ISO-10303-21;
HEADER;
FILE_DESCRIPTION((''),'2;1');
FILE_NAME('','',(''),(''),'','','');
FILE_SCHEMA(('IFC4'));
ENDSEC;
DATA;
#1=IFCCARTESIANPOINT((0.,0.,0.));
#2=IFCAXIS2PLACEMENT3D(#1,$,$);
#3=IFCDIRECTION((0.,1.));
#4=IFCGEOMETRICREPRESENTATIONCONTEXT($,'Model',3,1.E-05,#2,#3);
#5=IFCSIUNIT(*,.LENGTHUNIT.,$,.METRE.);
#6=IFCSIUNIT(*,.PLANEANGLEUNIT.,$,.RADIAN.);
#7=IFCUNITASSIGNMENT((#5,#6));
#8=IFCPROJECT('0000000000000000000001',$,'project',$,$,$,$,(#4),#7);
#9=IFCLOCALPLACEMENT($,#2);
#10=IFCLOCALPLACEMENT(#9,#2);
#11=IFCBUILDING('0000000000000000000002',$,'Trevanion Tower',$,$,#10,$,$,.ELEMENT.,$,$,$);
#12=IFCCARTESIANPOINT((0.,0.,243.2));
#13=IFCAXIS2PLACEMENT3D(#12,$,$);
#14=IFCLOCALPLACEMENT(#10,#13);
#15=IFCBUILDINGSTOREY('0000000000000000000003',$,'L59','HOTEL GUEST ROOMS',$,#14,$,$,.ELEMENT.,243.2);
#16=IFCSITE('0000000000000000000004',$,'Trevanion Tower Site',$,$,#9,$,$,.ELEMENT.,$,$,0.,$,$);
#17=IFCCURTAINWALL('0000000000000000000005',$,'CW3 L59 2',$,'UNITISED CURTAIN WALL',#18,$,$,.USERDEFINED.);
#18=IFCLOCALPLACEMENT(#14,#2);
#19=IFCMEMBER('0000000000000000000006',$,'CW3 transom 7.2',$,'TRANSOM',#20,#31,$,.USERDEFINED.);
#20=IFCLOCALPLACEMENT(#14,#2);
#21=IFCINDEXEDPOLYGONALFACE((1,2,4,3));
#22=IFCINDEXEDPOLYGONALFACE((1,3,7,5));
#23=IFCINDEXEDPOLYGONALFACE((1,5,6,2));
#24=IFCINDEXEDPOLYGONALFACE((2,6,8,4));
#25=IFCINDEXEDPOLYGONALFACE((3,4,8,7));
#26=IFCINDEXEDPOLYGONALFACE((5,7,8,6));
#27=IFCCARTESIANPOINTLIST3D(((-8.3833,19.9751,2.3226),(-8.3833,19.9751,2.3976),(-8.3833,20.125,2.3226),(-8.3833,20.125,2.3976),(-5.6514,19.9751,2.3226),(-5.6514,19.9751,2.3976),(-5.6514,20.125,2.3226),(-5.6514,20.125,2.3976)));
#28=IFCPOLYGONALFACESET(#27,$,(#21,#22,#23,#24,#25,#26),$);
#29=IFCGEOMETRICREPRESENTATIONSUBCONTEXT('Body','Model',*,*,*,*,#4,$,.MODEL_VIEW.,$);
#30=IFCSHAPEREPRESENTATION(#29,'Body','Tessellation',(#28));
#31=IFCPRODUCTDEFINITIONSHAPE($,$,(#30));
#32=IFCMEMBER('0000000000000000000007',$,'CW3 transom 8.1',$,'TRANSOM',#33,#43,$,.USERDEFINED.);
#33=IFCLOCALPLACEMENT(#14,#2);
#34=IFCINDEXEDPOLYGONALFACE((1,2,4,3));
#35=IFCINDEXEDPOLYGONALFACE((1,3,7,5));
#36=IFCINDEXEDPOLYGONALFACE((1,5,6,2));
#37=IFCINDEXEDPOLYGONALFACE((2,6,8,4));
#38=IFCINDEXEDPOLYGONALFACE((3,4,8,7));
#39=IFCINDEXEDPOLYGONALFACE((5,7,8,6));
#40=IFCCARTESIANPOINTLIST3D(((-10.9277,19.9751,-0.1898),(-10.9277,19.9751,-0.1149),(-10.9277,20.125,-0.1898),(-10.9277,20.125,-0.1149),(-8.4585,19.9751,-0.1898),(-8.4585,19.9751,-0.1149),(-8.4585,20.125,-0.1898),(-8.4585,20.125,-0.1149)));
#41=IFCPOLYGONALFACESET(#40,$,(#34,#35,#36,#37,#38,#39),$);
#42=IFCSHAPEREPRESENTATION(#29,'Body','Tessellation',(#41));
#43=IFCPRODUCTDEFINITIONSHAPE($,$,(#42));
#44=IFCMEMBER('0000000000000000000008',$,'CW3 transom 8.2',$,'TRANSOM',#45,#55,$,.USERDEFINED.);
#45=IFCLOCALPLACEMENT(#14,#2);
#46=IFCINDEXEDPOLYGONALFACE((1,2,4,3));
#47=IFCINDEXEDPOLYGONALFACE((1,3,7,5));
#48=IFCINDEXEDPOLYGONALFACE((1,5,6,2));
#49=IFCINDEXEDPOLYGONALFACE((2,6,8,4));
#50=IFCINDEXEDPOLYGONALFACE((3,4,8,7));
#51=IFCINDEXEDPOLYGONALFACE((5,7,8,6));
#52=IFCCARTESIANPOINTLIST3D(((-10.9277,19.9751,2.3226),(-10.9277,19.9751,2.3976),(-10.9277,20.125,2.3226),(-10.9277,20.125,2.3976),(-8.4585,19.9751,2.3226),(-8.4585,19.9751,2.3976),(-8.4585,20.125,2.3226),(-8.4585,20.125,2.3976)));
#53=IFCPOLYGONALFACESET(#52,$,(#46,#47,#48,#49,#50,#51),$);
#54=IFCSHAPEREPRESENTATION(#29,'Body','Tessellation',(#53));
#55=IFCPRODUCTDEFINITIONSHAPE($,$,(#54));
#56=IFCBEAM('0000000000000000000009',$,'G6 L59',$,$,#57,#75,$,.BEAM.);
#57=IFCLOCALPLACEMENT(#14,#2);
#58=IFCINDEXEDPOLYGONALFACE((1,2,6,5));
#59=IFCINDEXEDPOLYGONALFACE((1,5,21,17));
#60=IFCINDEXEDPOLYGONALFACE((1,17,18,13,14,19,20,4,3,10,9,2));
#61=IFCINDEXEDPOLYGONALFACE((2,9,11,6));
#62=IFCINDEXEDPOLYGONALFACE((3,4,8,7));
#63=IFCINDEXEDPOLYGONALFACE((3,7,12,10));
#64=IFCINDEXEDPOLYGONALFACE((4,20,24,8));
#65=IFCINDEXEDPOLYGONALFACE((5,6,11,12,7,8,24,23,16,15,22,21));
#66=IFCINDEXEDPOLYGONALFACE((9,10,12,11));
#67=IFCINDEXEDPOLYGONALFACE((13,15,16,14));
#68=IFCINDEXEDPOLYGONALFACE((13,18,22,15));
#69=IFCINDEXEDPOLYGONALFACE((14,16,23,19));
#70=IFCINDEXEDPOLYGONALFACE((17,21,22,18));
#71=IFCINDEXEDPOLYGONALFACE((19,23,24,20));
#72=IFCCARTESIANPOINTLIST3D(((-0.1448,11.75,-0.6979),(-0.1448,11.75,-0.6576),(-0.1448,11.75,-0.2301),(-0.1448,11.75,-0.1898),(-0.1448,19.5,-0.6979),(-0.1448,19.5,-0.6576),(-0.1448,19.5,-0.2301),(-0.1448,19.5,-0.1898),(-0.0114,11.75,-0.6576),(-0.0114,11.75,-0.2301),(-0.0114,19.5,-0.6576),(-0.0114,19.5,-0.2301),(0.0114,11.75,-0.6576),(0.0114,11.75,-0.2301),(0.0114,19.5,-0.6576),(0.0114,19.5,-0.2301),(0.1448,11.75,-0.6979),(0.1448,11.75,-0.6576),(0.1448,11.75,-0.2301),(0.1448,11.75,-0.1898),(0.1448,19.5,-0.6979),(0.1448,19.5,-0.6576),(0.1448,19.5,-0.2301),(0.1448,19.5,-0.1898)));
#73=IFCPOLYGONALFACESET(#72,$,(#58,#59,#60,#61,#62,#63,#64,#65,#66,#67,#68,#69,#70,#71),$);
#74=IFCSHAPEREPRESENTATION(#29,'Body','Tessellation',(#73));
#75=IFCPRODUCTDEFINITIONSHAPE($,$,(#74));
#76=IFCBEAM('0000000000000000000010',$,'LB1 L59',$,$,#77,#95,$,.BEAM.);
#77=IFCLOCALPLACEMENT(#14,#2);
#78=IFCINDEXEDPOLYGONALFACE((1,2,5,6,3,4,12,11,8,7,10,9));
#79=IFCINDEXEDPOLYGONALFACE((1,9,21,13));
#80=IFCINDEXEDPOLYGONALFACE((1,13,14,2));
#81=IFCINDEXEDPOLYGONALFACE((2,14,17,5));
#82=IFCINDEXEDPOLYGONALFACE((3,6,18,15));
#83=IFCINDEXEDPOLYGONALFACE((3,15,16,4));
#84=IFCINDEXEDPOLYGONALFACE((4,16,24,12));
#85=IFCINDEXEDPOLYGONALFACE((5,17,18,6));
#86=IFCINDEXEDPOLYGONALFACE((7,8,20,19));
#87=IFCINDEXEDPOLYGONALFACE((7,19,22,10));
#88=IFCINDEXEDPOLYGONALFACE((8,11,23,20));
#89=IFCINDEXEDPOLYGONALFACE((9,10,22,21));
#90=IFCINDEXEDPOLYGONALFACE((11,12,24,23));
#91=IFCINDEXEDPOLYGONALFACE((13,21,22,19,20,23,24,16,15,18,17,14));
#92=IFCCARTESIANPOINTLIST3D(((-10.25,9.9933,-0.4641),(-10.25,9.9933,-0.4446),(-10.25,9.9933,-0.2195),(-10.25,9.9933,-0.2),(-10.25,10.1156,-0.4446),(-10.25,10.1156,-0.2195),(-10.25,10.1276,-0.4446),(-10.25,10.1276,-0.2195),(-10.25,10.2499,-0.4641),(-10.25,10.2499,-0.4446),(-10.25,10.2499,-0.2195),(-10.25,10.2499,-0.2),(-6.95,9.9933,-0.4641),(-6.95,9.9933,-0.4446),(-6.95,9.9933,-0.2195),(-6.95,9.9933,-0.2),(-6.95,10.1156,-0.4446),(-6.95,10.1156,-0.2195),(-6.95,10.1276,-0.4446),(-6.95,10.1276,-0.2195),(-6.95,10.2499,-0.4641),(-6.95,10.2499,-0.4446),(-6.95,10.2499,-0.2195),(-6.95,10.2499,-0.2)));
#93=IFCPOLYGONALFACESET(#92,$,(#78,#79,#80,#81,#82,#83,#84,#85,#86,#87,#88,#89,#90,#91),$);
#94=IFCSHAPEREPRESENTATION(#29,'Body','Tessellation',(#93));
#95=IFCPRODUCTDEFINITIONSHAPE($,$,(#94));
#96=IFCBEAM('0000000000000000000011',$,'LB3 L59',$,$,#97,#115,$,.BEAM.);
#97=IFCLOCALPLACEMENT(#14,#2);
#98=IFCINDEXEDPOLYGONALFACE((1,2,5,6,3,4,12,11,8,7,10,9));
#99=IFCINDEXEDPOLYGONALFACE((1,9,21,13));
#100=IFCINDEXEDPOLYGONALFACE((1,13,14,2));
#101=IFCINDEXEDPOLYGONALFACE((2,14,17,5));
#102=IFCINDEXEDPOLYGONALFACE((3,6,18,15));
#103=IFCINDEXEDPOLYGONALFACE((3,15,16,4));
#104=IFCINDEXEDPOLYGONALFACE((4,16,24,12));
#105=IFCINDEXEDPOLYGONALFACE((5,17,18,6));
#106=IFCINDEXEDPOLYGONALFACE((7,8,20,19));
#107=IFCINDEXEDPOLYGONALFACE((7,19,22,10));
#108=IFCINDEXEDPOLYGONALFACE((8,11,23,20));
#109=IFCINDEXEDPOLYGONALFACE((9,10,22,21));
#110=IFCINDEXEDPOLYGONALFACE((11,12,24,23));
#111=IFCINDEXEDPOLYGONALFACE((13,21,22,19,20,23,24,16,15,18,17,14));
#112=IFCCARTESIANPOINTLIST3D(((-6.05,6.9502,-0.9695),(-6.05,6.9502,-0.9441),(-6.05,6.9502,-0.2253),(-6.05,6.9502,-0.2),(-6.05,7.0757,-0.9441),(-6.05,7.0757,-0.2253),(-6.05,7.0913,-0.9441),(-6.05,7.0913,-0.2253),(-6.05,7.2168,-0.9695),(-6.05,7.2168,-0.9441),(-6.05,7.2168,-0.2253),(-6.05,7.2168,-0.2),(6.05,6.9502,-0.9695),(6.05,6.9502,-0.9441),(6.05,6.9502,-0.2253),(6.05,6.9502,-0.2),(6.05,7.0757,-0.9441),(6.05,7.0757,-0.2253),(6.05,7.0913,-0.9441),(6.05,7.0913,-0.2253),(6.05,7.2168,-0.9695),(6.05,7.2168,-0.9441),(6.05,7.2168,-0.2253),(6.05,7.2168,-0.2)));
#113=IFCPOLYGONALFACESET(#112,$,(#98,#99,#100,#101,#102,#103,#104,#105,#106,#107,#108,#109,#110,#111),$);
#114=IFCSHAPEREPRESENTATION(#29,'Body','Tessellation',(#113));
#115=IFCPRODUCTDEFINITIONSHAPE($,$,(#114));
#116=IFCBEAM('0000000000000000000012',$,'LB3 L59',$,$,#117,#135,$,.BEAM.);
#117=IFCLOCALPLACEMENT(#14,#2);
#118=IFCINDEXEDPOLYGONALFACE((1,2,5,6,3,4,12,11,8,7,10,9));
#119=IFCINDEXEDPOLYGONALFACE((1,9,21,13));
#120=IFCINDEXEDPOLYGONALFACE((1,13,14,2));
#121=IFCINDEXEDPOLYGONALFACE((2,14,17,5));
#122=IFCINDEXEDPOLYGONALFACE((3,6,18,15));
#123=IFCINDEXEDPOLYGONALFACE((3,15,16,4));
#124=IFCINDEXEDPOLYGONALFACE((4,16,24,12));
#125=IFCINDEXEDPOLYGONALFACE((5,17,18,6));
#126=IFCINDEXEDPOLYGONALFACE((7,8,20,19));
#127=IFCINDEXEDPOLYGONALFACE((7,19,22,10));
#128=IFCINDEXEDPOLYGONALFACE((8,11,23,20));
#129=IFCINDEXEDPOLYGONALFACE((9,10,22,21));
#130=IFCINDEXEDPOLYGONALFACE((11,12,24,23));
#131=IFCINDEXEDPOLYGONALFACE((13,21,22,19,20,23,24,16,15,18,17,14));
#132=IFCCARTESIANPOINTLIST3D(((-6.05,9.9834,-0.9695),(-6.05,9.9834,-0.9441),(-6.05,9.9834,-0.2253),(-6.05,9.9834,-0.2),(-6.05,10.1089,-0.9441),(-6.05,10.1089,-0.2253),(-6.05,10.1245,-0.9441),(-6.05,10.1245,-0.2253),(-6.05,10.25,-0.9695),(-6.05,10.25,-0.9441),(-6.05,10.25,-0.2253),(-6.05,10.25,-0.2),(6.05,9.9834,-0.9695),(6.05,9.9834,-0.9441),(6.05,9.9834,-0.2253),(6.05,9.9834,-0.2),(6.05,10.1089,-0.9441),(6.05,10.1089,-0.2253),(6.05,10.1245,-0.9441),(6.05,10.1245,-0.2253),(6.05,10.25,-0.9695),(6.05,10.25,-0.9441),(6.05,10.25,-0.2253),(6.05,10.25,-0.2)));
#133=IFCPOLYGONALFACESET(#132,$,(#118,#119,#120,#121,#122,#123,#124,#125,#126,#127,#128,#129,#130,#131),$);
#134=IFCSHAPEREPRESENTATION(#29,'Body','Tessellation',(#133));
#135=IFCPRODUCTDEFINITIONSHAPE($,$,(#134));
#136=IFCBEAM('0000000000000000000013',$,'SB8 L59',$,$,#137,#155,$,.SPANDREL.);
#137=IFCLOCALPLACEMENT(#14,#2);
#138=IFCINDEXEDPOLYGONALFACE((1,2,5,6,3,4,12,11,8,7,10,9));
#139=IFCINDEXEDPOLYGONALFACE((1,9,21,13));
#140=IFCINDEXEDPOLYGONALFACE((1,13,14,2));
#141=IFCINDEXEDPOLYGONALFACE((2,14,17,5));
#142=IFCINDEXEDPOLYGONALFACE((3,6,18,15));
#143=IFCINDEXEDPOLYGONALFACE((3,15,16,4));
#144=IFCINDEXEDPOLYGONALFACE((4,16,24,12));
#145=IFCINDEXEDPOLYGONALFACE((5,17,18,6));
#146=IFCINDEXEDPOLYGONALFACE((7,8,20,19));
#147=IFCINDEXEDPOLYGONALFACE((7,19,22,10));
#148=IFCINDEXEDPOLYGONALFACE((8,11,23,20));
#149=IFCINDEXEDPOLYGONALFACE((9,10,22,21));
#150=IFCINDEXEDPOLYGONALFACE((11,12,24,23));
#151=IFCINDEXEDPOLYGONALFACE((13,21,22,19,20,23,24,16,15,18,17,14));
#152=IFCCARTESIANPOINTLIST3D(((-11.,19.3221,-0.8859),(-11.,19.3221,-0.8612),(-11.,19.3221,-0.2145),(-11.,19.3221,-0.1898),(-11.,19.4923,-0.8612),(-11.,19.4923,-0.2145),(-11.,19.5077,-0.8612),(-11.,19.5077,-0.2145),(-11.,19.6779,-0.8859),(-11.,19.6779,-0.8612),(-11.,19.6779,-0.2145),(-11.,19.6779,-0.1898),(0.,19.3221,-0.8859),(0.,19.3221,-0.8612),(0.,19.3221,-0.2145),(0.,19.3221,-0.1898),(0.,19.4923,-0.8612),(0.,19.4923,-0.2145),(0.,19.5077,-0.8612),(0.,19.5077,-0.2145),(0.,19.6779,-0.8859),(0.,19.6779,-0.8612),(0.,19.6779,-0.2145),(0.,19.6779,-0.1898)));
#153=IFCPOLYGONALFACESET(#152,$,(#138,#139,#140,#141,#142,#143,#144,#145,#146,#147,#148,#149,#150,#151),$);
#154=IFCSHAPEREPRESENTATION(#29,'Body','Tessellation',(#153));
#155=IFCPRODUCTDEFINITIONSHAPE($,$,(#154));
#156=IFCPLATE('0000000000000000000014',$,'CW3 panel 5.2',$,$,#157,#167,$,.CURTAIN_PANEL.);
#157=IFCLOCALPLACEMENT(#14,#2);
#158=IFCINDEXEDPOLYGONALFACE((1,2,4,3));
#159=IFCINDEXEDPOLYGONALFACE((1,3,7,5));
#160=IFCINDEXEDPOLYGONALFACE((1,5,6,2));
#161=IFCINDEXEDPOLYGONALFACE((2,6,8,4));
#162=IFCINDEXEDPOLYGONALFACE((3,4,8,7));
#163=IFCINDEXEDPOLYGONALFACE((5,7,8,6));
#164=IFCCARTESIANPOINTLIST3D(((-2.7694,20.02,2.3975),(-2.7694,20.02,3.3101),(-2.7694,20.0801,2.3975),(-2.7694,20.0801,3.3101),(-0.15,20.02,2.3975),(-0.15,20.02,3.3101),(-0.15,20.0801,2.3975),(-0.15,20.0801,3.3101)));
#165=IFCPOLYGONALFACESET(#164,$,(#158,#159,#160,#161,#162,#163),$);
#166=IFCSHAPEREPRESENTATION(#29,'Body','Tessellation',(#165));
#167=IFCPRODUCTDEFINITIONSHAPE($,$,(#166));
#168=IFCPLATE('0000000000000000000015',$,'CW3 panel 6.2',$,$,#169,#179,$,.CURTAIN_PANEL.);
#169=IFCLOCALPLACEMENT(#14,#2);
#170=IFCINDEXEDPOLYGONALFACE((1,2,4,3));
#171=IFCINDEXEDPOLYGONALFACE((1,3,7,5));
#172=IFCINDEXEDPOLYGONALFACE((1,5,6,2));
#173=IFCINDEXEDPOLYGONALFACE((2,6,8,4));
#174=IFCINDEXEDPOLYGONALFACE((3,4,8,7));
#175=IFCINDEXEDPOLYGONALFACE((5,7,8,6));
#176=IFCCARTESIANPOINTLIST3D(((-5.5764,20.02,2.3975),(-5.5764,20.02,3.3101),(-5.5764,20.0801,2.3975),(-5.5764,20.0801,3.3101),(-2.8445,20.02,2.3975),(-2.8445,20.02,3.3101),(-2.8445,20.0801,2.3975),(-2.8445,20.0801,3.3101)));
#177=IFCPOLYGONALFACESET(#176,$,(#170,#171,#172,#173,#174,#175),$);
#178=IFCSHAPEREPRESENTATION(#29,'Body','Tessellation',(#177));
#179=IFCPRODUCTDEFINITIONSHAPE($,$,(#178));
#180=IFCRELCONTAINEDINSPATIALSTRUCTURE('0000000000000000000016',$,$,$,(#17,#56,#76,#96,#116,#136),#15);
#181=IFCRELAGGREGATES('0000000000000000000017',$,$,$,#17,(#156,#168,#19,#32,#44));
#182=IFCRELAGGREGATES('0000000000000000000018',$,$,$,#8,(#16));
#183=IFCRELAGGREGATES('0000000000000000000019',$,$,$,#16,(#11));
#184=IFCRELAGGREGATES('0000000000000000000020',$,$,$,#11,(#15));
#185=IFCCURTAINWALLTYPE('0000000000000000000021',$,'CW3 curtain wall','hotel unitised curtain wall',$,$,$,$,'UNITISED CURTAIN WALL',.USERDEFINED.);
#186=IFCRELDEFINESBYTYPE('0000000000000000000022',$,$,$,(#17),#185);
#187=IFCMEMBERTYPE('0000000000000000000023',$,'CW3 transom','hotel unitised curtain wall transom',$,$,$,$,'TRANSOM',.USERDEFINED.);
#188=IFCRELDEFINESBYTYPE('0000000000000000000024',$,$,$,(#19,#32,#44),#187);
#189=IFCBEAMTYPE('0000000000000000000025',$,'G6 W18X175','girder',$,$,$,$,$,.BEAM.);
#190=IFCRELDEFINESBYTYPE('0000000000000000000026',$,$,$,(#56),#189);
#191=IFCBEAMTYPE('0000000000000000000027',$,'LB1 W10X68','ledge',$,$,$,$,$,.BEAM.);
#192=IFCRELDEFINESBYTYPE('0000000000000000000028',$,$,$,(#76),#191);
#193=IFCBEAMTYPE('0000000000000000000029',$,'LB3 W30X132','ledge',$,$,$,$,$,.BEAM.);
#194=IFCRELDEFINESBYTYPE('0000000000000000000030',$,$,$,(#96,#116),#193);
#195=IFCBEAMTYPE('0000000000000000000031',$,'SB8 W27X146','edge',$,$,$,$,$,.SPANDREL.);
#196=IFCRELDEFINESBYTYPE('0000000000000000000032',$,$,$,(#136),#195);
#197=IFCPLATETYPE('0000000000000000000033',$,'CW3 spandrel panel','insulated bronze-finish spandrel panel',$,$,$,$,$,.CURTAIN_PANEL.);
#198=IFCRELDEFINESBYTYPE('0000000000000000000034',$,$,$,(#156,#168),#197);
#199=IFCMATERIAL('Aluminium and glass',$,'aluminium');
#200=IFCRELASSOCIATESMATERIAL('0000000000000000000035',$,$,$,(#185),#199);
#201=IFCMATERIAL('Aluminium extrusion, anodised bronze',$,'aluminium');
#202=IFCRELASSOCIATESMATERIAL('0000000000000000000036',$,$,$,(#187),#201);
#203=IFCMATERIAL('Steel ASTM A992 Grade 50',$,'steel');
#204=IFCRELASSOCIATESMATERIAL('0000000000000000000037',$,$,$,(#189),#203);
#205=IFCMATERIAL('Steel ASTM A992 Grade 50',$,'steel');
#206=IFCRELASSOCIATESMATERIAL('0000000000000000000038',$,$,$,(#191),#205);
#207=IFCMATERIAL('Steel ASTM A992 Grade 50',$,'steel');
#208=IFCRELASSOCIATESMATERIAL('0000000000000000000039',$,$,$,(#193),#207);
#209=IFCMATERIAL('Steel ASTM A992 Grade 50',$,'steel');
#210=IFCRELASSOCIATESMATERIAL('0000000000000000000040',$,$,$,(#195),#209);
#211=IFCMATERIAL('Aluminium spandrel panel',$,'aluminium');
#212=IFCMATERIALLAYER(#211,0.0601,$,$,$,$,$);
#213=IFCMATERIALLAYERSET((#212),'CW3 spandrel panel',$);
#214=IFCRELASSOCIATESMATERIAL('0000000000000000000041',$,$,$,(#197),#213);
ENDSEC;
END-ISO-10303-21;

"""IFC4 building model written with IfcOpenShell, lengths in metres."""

from ifc_helpers import new_model, si_unit, direction, frame, origin, origin_2d, place, context, subcontext, project, spatial, rectangle, i_section, extrude, material, layer, layer_set, material_profile, profile_set, type_object, element, aggregate, save


model = new_model("IFC4")

# Units and contexts
model_context = context("Model", 3, precision=1e-05, world=origin(), true_north=direction((0.0, 1.0)))
body_context = subcontext(model_context, "Body", "Model", "MODEL_VIEW")
ifc_project = project(units=[si_unit("LENGTHUNIT", "METRE"), si_unit("PLANEANGLEUNIT", "RADIAN")], contexts=[model_context])

# Site, building, storey
site_placement = place(None, origin())
site = spatial("IfcSite", under=ifc_project, at=site_placement, Name="Trevanion Tower Site", CompositionType="ELEMENT", RefElevation=0.0)
building_placement = place(site_placement, origin())
building = spatial("IfcBuilding", under=site, at=building_placement, Name="Trevanion Tower", CompositionType="ELEMENT")
storey_placement = place(building_placement, frame((0.0, 0.0, 243.2)))
storey = spatial("IfcBuildingStorey", under=building, at=storey_placement, Name="L59", Description="HOTEL GUEST ROOMS", CompositionType="ELEMENT", Elevation=243.2)

# Curtain wall, members
ifc_material_1 = material(Name="Aluminium and glass", Category="aluminium")
curtain_wall_type = type_object("IfcCurtainWallType", Name="CW3 curtain wall", Description="hotel unitised curtain wall", ElementType="UNITISED CURTAIN WALL", PredefinedType="USERDEFINED", material=ifc_material_1)
curtain_wall_placement = place(storey_placement, origin())
curtain_wall = element("IfcCurtainWall", 1, at=curtain_wall_placement, inside=storey, type_object=curtain_wall_type, Name="CW3 L59 2", ObjectType="UNITISED CURTAIN WALL", PredefinedType="USERDEFINED")
ifc_material_2 = material(Name="Aluminium extrusion, anodised bronze", Category="aluminium")
ifc_material_profile_1 = material_profile(ifc_material_2, rectangle(XDim=0.1499, YDim=0.075, at=origin_2d()), Name="CW3 transom")
ifc_profile_set_1 = profile_set([ifc_material_profile_1], Name="Aluminium extrusion, anodised bronze")
member_type_1 = type_object("IfcMemberType", Name="CW3 transom", Description="hotel unitised curtain wall transom", ElementType="TRANSOM", PredefinedType="USERDEFINED", material=ifc_profile_set_1)
member_1_placement = place(storey_placement, frame((-5.6514, 20.05, 2.3601), z_axis=(-1.0, 0.0, 0.0), x_axis=(0.0, -1.0, 0.0)))
member_1 = element("IfcMember", 2, at=member_1_placement, type_object=member_type_1, Name="CW3 transom 7.2", ObjectType="TRANSOM", PredefinedType="USERDEFINED", context=body_context, shape_type="SweptSolid", body=[
    extrude(rectangle(XDim=0.1499, YDim=0.075, at=origin_2d()), origin(), (0.0, 0.0, 1.0), 2.7319),
])
member_2_placement = place(storey_placement, frame((-8.4585, 20.05, -0.1523), z_axis=(-1.0, 0.0, 0.0), x_axis=(0.0, -1.0, 0.0)))
member_2 = element("IfcMember", 3, at=member_2_placement, type_object=member_type_1, Name="CW3 transom 8.1", ObjectType="TRANSOM", PredefinedType="USERDEFINED", context=body_context, shape_type="SweptSolid", body=[
    extrude(rectangle(XDim=0.1499, YDim=0.075, at=origin_2d()), origin(), (0.0, 0.0, 1.0), 2.4692),
])
member_3_placement = place(storey_placement, frame((-8.4585, 20.05, 2.3601), z_axis=(-1.0, 0.0, 0.0), x_axis=(0.0, -1.0, 0.0)))
member_3 = element("IfcMember", 4, at=member_3_placement, type_object=member_type_1, Name="CW3 transom 8.2", ObjectType="TRANSOM", PredefinedType="USERDEFINED", context=body_context, shape_type="SweptSolid", body=[
    extrude(rectangle(XDim=0.1499, YDim=0.075, at=origin_2d()), origin(), (0.0, 0.0, 1.0), 2.4692),
])

# Beams
ifc_material_3 = material(Name="Steel ASTM A992 Grade 50", Category="steel")
ifc_material_profile_2 = material_profile(ifc_material_3, i_section(OverallWidth=0.2896, OverallDepth=0.5081, WebThickness=0.0227, FlangeThickness=0.0403, at=origin_2d()), Name="W18X175")
ifc_profile_set_2 = profile_set([ifc_material_profile_2], Name="Steel ASTM A992 Grade 50")
beam_type_1 = type_object("IfcBeamType", Name="G6 W18X175", Description="girder", PredefinedType="BEAM", material=ifc_profile_set_2)
beam_1_placement = place(storey_placement, frame((0.0, 11.75, -0.4438), z_axis=(0.0, 1.0, 0.0), x_axis=(-1.0, 0.0, 0.0)))
element("IfcBeam", 5, at=beam_1_placement, inside=storey, type_object=beam_type_1, Name="G6 L59", PredefinedType="BEAM", context=body_context, shape_type="SweptSolid", body=[
    extrude(i_section(OverallWidth=0.2896, OverallDepth=0.5081, WebThickness=0.0227, FlangeThickness=0.0403, at=origin_2d()), origin(), (0.0, 0.0, 1.0), 7.75),
])
ifc_material_4 = material(Name="Steel ASTM A992 Grade 50", Category="steel")
ifc_material_profile_3 = material_profile(ifc_material_4, i_section(OverallWidth=0.2566, OverallDepth=0.2642, WebThickness=0.012, FlangeThickness=0.0195, at=origin_2d()), Name="W10X68")
ifc_profile_set_3 = profile_set([ifc_material_profile_3], Name="Steel ASTM A992 Grade 50")
beam_type_2 = type_object("IfcBeamType", Name="LB1 W10X68", Description="ledge", PredefinedType="BEAM", material=ifc_profile_set_3)
beam_2_placement = place(storey_placement, frame((-10.25, 10.1216, -0.332), z_axis=(1.0, 0.0, 0.0), x_axis=(0.0, 1.0, 0.0)))
element("IfcBeam", 6, at=beam_2_placement, inside=storey, type_object=beam_type_2, Name="LB1 L59", PredefinedType="BEAM", context=body_context, shape_type="SweptSolid", body=[
    extrude(i_section(OverallWidth=0.2566, OverallDepth=0.2642, WebThickness=0.012, FlangeThickness=0.0195, at=origin_2d()), origin(), (0.0, 0.0, 1.0), 3.3),
])
ifc_material_5 = material(Name="Steel ASTM A992 Grade 50", Category="steel")
ifc_material_profile_4 = material_profile(ifc_material_5, i_section(OverallWidth=0.2666, OverallDepth=0.7695, WebThickness=0.0156, FlangeThickness=0.0254, at=origin_2d()), Name="W30X132")
ifc_profile_set_4 = profile_set([ifc_material_profile_4], Name="Steel ASTM A992 Grade 50")
beam_type_3 = type_object("IfcBeamType", Name="LB3 W30X132", Description="ledge", PredefinedType="BEAM", material=ifc_profile_set_4)
for number, where, z_axis, x_axis, name in (
    (7, (-6.05, 7.0835, -0.5847), (1.0, 0.0, 0.0), (0.0, 1.0, 0.0), "LB3 L59"),
    (8, (-6.05, 10.1167, -0.5847), (1.0, 0.0, 0.0), (0.0, 1.0, 0.0), "LB3 L59"),
):
    element("IfcBeam", number, at=place(storey_placement, frame(where, z_axis=z_axis, x_axis=x_axis)), inside=storey, type_object=beam_type_3, Name=name, PredefinedType="BEAM", context=body_context, shape_type="SweptSolid", body=[
        extrude(i_section(OverallWidth=0.2666, OverallDepth=0.7695, WebThickness=0.0156, FlangeThickness=0.0254, at=origin_2d()), origin(), (0.0, 0.0, 1.0), 12.1001),
    ])
ifc_material_6 = material(Name="Steel ASTM A992 Grade 50", Category="steel")
ifc_material_profile_5 = material_profile(ifc_material_6, i_section(OverallWidth=0.3557, OverallDepth=0.696, WebThickness=0.0154, FlangeThickness=0.0247, at=origin_2d()), Name="W27X146")
ifc_profile_set_5 = profile_set([ifc_material_profile_5], Name="Steel ASTM A992 Grade 50")
beam_type_4 = type_object("IfcBeamType", Name="SB8 W27X146", Description="edge", PredefinedType="SPANDREL", material=ifc_profile_set_5)
beam_3_placement = place(storey_placement, frame((0.0, 19.5, -0.5378), z_axis=(-1.0, 0.0, 0.0), x_axis=(0.0, -1.0, 0.0)))
element("IfcBeam", 9, at=beam_3_placement, inside=storey, type_object=beam_type_4, Name="SB8 L59", PredefinedType="SPANDREL", context=body_context, shape_type="SweptSolid", body=[
    extrude(i_section(OverallWidth=0.3557, OverallDepth=0.696, WebThickness=0.0154, FlangeThickness=0.0247, at=origin_2d()), origin(), (0.0, 0.0, 1.0), 11.0),
])

# Plates
ifc_material_7 = material(Name="Aluminium spandrel panel", Category="aluminium")
ifc_layer_1 = layer(ifc_material_7, 0.0601)
ifc_layer_set_1 = layer_set([ifc_layer_1], Name="CW3 spandrel panel")
plate_type_1 = type_object("IfcPlateType", Name="CW3 spandrel panel", Description="insulated bronze-finish spandrel panel", PredefinedType="CURTAIN_PANEL", material=ifc_layer_set_1)
plate_1_placement = place(storey_placement, frame((-1.4597, 20.05, 2.3975), z_axis=(0.0, 0.0, 1.0), x_axis=(-1.0, 0.0, 0.0)))
plate_1 = element("IfcPlate", 10, at=plate_1_placement, type_object=plate_type_1, Name="CW3 panel 5.2", PredefinedType="CURTAIN_PANEL", context=body_context, shape_type="SweptSolid", body=[
    extrude(rectangle(XDim=2.6194, YDim=0.0601, at=origin_2d()), origin(), (0.0, 0.0, 1.0), 0.9126),
])
plate_2_placement = place(storey_placement, frame((-4.2104, 20.05, 2.3975), z_axis=(0.0, 0.0, 1.0), x_axis=(-1.0, 0.0, 0.0)))
plate_2 = element("IfcPlate", 11, at=plate_2_placement, type_object=plate_type_1, Name="CW3 panel 6.2", PredefinedType="CURTAIN_PANEL", context=body_context, shape_type="SweptSolid", body=[
    extrude(rectangle(XDim=2.7319, YDim=0.0601, at=origin_2d()), origin(), (0.0, 0.0, 1.0), 0.9126),
])
aggregate(curtain_wall, [plate_1, plate_2, member_1, member_2, member_3])

save(model, "model.ifc")
